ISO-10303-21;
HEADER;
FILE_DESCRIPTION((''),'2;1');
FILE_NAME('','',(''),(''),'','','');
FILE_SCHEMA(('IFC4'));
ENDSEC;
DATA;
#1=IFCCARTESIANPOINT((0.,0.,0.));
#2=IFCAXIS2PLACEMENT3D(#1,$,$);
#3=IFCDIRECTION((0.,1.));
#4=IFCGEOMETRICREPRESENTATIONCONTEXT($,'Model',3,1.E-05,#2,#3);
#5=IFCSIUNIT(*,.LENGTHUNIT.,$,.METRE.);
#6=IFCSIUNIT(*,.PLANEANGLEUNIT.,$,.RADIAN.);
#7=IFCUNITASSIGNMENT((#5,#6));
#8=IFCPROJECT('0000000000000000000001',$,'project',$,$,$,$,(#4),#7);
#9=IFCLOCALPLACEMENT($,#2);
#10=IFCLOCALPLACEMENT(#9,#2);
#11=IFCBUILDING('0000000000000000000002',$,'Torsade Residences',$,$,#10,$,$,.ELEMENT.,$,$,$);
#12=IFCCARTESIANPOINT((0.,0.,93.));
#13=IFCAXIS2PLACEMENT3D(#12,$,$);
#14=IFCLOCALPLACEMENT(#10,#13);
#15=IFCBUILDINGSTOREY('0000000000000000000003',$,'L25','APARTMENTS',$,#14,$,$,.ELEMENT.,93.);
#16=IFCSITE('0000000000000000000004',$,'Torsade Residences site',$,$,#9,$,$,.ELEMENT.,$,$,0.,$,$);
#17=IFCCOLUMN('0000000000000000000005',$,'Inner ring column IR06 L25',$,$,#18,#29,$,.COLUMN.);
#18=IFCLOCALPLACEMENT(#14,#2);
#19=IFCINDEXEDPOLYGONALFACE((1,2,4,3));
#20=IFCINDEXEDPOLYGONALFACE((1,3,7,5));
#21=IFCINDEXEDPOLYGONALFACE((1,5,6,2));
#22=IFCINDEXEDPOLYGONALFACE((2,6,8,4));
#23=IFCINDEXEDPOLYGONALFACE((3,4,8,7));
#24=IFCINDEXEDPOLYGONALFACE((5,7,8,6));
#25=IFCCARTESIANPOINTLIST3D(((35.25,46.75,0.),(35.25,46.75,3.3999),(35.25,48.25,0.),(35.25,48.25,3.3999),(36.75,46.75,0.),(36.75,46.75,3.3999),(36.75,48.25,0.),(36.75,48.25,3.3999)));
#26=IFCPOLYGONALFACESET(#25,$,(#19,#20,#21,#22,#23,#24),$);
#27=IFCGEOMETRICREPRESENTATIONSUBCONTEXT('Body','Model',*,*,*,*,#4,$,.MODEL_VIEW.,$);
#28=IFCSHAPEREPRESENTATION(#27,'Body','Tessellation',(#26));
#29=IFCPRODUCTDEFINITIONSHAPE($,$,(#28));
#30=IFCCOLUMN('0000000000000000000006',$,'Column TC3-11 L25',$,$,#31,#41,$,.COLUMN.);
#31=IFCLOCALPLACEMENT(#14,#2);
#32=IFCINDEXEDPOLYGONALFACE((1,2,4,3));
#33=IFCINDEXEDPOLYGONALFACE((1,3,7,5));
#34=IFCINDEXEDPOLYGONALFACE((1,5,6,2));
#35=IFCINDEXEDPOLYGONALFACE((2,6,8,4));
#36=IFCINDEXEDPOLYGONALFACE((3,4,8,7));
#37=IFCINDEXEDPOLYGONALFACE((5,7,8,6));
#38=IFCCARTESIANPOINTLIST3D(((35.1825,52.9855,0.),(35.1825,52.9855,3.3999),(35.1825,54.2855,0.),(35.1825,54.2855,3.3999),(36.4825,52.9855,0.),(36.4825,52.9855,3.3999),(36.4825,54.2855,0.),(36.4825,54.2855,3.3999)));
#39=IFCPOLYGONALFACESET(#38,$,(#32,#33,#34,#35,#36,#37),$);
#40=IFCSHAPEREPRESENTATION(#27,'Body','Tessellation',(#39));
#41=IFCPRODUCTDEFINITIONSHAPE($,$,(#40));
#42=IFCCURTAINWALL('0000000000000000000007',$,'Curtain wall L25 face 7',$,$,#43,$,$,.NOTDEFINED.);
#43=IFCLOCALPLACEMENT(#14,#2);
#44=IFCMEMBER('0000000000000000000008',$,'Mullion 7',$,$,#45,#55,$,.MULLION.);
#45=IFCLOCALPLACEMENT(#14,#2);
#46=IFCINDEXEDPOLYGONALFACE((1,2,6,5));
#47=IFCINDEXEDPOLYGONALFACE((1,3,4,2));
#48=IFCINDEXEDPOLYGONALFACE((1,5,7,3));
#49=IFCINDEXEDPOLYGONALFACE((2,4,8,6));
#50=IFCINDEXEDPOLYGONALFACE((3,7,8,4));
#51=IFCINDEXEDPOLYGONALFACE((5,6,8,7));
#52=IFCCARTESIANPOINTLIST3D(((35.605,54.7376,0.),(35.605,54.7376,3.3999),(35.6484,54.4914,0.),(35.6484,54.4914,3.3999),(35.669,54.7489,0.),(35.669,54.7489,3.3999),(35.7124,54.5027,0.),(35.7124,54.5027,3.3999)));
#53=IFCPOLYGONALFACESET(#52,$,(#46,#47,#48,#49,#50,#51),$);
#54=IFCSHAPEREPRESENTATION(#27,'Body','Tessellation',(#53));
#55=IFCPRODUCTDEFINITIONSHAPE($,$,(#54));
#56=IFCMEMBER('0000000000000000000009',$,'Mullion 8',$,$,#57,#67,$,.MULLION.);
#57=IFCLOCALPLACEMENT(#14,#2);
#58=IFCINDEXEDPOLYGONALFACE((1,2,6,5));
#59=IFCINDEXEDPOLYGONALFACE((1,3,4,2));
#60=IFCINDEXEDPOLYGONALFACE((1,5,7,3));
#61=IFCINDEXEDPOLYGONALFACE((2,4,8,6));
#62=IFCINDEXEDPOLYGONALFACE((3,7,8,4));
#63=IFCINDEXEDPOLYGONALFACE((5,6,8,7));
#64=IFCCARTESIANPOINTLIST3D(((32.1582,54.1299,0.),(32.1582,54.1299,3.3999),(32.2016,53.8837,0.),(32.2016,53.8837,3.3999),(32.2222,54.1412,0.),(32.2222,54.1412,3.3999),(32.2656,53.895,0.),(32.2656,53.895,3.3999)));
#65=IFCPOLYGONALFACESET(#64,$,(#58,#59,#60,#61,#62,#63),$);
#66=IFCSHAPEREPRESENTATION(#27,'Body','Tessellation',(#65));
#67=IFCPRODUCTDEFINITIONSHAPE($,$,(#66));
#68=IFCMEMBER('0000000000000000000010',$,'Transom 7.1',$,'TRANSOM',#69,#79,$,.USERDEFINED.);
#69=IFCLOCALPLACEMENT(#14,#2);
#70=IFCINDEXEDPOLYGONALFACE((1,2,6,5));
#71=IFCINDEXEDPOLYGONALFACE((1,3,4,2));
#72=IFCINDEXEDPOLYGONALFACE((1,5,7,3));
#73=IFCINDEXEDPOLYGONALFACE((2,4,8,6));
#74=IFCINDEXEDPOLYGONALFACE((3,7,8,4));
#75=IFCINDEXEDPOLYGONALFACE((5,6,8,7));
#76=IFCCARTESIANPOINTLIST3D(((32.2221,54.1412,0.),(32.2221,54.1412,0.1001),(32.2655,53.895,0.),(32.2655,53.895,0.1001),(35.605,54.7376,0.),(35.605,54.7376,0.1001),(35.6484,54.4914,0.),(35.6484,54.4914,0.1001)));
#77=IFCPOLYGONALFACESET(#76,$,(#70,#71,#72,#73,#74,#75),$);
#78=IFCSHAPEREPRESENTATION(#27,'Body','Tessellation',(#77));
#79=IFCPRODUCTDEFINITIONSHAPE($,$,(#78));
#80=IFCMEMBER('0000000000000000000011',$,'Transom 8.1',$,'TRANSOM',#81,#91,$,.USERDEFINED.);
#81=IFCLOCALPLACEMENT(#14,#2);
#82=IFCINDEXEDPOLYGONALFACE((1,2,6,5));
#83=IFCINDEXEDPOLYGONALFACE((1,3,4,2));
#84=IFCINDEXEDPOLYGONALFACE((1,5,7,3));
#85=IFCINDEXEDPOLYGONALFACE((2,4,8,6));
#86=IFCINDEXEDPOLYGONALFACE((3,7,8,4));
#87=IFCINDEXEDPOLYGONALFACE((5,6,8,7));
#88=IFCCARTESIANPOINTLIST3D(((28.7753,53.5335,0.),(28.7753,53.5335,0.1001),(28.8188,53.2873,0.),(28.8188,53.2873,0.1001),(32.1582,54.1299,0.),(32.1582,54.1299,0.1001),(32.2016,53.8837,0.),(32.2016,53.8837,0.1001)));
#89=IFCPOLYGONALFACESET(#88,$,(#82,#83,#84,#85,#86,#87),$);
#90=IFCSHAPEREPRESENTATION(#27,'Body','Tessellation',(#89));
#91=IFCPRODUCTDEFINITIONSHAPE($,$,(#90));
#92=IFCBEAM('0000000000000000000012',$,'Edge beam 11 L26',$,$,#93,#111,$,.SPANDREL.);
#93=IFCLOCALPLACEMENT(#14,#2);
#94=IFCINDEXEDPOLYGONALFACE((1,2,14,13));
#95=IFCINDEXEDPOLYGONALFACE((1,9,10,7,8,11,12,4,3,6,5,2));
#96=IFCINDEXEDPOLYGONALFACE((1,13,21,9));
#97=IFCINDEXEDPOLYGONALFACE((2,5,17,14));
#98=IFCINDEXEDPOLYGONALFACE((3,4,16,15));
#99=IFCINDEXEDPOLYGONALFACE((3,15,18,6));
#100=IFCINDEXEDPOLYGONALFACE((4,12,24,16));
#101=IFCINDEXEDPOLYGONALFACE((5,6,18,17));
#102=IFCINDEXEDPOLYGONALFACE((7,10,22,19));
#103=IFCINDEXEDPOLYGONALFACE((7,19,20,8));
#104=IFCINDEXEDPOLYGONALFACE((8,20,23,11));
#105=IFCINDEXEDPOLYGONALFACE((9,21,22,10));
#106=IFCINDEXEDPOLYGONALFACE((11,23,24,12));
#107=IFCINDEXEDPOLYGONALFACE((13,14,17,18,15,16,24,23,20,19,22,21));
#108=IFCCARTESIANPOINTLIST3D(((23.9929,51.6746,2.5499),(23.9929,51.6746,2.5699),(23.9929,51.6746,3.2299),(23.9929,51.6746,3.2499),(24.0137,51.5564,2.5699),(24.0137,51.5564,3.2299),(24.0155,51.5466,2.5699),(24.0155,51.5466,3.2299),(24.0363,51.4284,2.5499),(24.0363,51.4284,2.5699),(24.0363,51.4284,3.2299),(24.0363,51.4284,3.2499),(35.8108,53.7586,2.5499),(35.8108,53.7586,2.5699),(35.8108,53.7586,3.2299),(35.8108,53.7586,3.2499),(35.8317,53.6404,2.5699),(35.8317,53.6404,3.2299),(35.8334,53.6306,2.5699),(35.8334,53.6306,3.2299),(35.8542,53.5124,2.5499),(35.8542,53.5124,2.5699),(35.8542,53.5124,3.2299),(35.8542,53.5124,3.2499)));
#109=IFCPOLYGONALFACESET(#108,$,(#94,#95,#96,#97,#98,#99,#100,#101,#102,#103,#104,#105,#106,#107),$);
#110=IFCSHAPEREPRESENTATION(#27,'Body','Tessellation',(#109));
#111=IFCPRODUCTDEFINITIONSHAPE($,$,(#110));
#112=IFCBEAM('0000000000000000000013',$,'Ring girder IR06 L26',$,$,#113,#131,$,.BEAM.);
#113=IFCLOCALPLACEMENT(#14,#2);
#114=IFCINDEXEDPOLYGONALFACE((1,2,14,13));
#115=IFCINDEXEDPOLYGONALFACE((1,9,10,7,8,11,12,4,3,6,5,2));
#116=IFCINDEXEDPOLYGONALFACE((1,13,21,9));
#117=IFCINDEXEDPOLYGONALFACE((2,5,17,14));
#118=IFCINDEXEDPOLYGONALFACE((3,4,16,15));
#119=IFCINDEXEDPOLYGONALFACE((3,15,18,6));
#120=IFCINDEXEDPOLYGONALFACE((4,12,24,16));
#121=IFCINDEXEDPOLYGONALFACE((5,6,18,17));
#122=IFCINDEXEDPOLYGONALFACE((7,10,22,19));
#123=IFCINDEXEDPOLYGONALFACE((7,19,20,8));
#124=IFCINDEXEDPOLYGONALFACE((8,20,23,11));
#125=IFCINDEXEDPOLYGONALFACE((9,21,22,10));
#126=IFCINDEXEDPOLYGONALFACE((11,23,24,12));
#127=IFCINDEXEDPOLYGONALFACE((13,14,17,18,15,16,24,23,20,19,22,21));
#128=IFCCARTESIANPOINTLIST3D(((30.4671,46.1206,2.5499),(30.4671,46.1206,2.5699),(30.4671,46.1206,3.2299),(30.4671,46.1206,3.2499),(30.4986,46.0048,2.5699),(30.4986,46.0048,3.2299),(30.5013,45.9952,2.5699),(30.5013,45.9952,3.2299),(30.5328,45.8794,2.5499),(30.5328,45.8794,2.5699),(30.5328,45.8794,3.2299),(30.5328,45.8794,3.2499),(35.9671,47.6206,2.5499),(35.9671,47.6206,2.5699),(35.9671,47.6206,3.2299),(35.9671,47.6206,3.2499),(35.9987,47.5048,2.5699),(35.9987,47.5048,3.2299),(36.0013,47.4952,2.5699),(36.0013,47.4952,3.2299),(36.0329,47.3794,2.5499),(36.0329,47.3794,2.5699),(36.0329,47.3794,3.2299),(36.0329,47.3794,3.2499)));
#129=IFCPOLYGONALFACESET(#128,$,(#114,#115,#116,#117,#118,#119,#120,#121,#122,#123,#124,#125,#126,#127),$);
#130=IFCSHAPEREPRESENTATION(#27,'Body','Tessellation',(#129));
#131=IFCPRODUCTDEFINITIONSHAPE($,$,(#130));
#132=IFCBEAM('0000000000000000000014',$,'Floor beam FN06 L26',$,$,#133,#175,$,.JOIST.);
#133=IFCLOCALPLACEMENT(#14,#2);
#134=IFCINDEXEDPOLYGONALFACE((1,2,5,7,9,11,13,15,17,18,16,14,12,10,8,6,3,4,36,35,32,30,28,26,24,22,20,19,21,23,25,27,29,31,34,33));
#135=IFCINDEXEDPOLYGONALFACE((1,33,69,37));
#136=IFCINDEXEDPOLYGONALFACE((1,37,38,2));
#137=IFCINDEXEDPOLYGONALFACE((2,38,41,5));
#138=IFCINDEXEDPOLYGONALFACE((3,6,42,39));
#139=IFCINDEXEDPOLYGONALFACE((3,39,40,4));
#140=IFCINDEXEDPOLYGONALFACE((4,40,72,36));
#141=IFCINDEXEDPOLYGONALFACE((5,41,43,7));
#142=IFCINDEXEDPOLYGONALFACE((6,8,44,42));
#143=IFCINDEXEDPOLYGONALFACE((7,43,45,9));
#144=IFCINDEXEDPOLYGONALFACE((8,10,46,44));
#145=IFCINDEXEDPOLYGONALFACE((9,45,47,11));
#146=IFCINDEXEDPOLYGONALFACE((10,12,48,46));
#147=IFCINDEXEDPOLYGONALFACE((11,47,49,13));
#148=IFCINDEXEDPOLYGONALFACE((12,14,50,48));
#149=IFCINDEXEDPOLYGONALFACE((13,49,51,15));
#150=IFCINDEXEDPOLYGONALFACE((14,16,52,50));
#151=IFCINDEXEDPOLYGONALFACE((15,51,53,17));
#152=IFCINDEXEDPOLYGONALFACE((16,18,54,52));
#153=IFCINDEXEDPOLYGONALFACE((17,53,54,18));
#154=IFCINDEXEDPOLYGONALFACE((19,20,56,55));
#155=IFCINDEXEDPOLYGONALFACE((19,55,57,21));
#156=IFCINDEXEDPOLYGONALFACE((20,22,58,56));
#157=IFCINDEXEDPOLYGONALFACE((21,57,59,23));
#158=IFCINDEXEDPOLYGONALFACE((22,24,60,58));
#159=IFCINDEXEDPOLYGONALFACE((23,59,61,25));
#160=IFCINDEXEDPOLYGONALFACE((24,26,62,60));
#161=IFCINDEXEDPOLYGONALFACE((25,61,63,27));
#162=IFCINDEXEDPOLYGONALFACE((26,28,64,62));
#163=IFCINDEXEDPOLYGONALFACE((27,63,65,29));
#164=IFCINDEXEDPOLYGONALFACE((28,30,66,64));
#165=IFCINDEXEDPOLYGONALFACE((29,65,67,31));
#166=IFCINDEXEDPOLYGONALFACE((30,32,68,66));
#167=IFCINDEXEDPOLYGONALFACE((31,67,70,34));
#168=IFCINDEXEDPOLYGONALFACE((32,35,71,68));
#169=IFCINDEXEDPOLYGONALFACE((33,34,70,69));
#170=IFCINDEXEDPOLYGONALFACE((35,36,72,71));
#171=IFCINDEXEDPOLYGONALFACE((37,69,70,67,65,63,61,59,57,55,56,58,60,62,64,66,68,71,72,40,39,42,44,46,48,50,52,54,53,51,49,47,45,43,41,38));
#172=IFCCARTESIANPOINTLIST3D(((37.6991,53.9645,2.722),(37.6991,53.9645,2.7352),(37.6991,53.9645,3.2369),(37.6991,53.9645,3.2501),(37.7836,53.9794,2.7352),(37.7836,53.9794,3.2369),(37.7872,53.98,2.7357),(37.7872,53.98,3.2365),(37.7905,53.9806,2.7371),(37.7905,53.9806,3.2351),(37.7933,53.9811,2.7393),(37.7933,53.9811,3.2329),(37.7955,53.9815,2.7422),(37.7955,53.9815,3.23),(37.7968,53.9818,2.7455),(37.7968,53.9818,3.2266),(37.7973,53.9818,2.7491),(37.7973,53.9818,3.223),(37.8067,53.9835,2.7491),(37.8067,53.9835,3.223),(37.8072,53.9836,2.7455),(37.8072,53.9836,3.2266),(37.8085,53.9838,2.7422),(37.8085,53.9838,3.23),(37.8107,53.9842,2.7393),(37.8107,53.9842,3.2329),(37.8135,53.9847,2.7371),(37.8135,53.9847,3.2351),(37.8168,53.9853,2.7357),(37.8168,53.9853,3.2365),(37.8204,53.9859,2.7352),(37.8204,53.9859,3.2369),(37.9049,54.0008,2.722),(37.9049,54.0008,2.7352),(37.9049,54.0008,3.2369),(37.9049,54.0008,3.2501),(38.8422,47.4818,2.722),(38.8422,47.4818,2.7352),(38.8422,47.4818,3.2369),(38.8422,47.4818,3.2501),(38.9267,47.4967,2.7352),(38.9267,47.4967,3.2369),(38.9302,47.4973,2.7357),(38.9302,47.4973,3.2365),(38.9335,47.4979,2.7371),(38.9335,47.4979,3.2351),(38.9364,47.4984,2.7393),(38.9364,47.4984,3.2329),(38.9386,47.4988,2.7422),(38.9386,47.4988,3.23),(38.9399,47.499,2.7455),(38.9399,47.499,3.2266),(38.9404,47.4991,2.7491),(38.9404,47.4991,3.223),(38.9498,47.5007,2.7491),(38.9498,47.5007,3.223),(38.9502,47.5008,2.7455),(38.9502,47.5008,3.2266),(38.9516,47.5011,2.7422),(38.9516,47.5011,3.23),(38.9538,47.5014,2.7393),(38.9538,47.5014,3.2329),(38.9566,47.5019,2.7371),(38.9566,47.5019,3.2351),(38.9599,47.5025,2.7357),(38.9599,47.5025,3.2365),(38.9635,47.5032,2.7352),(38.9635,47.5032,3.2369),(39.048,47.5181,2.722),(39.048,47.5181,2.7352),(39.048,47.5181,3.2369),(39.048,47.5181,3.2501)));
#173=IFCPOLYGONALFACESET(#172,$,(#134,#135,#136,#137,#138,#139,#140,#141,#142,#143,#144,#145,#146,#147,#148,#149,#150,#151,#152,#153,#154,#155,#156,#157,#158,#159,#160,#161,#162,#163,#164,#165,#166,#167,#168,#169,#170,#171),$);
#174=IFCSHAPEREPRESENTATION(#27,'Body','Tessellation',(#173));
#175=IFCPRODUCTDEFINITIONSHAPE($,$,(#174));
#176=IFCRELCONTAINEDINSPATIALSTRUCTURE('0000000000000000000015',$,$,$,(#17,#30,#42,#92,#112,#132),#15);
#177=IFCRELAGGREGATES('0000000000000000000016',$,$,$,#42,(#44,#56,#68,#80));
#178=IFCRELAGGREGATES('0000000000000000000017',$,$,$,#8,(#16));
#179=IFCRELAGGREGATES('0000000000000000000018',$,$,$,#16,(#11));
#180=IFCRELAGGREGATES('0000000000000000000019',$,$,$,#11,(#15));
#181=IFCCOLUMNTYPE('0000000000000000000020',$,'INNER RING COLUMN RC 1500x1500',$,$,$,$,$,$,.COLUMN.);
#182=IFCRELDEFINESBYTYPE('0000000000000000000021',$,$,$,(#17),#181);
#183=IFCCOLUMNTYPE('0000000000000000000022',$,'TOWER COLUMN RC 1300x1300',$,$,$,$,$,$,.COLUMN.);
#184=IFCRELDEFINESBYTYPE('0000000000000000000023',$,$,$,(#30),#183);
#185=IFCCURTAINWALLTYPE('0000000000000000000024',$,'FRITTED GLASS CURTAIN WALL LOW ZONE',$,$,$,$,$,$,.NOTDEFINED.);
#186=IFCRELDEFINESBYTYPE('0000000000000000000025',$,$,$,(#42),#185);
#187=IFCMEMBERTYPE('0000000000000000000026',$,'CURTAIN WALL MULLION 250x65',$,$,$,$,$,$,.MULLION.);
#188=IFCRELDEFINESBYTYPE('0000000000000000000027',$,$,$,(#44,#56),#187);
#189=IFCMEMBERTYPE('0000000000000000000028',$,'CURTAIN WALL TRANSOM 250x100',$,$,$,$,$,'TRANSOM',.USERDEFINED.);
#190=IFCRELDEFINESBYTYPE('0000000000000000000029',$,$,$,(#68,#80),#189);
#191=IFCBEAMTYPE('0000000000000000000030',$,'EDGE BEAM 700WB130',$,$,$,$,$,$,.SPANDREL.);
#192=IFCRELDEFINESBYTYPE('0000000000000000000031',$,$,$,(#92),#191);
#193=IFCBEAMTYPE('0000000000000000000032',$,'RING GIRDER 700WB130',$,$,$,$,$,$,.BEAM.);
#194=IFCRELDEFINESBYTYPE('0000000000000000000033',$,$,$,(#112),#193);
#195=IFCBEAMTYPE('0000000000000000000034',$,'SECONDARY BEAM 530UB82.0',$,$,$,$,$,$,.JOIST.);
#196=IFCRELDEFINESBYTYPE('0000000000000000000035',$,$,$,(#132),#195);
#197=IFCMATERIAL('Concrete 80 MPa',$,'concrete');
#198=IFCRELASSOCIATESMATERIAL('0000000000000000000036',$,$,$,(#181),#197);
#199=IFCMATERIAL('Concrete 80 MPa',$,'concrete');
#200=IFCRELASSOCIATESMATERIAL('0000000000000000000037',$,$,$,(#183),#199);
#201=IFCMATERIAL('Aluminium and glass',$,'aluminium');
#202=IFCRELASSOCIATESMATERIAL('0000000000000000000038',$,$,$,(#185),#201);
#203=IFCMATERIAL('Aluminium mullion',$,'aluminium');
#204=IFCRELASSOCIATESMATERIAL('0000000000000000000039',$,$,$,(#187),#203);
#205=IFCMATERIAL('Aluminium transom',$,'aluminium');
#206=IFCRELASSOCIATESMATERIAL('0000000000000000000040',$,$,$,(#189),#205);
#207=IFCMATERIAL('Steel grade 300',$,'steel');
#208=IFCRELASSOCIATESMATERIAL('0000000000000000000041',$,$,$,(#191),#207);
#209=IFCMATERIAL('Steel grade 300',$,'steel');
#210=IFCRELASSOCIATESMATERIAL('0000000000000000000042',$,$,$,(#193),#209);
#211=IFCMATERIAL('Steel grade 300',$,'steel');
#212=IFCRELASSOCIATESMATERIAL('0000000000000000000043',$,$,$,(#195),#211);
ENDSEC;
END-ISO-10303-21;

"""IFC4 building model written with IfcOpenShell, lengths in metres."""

from ifc_helpers import new_model, si_unit, direction, frame, origin, origin_2d, place, context, subcontext, project, spatial, rectangle, i_section, extrude, material, material_profile, profile_set, type_object, element, aggregate, save


model = new_model("IFC4")

# Units and contexts
model_context = context("Model", 3, precision=1e-05, world=origin(), true_north=direction((0.0, 1.0)))
body_context = subcontext(model_context, "Body", "Model", "MODEL_VIEW")
ifc_project = project(units=[si_unit("LENGTHUNIT", "METRE"), si_unit("PLANEANGLEUNIT", "RADIAN")], contexts=[model_context])

# Site, building, storey
site_placement = place(None, origin())
site = spatial("IfcSite", under=ifc_project, at=site_placement, Name="Torsade Residences site", CompositionType="ELEMENT", RefElevation=0.0)
building_placement = place(site_placement, origin())
building = spatial("IfcBuilding", under=site, at=building_placement, Name="Torsade Residences", CompositionType="ELEMENT")
storey_placement = place(building_placement, frame((0.0, 0.0, 93.0)))
storey = spatial("IfcBuildingStorey", under=building, at=storey_placement, Name="L25", Description="APARTMENTS", CompositionType="ELEMENT", Elevation=93.0)

# Columns
ifc_material_1 = material(Name="Concrete 80 MPa", Category="concrete")
ifc_material_profile_1 = material_profile(ifc_material_1, rectangle(XDim=1.5, YDim=1.5, at=origin_2d()), Name="RC 1500x1500")
ifc_profile_set_1 = profile_set([ifc_material_profile_1], Name="Concrete 80 MPa")
column_type_1 = type_object("IfcColumnType", Name="INNER RING COLUMN RC 1500x1500", PredefinedType="COLUMN", material=ifc_profile_set_1)
column_1_placement = place(storey_placement, frame((36.0, 47.5, 0.0), z_axis=(0.0, 0.0, 1.0), x_axis=(1.0, 0.0, 0.0)))
element("IfcColumn", 1, at=column_1_placement, inside=storey, type_object=column_type_1, Name="Inner ring column IR06 L25", PredefinedType="COLUMN", context=body_context, shape_type="SweptSolid", body=[
    extrude(rectangle(XDim=1.5, YDim=1.5, at=origin_2d()), origin(), (0.0, 0.0, 1.0), 3.3999),
])
ifc_material_2 = material(Name="Concrete 80 MPa", Category="concrete")
ifc_material_profile_2 = material_profile(ifc_material_2, rectangle(XDim=1.3, YDim=1.3, at=origin_2d()), Name="RC 1300x1300")
ifc_profile_set_2 = profile_set([ifc_material_profile_2], Name="Concrete 80 MPa")
column_type_2 = type_object("IfcColumnType", Name="TOWER COLUMN RC 1300x1300", PredefinedType="COLUMN", material=ifc_profile_set_2)
column_2_placement = place(storey_placement, frame((35.8325, 53.6355, 0.0), z_axis=(0.0, 0.0, 1.0), x_axis=(1.0, 0.0, 0.0)))
element("IfcColumn", 2, at=column_2_placement, inside=storey, type_object=column_type_2, Name="Column TC3-11 L25", PredefinedType="COLUMN", context=body_context, shape_type="SweptSolid", body=[
    extrude(rectangle(XDim=1.3, YDim=1.3, at=origin_2d()), origin(), (0.0, 0.0, 1.0), 3.3999),
])

# Curtain wall, members
ifc_material_3 = material(Name="Aluminium and glass", Category="aluminium")
curtain_wall_type = type_object("IfcCurtainWallType", Name="FRITTED GLASS CURTAIN WALL LOW ZONE", PredefinedType="NOTDEFINED", material=ifc_material_3)
curtain_wall_placement = place(storey_placement, origin())
curtain_wall = element("IfcCurtainWall", 3, at=curtain_wall_placement, inside=storey, type_object=curtain_wall_type, Name="Curtain wall L25 face 7", PredefinedType="NOTDEFINED")
ifc_material_4 = material(Name="Aluminium mullion", Category="aluminium")
ifc_material_profile_3 = material_profile(ifc_material_4, rectangle(XDim=0.25, YDim=0.0649, at=origin_2d()), Name="CURTAIN WALL MULLION 250x65")
ifc_profile_set_3 = profile_set([ifc_material_profile_3], Name="Aluminium mullion")
member_type_1 = type_object("IfcMemberType", Name="CURTAIN WALL MULLION 250x65", PredefinedType="MULLION", material=ifc_profile_set_3)
member_1_placement = place(storey_placement, frame((35.6587, 54.6201, 0.0), z_axis=(0.0, 0.0, 1.0), x_axis=(0.173648, -0.984808, 0.0)))
member_1 = element("IfcMember", 4, at=member_1_placement, type_object=member_type_1, Name="Mullion 7", PredefinedType="MULLION", context=body_context, shape_type="SweptSolid", body=[
    extrude(rectangle(XDim=0.25, YDim=0.0649, at=origin_2d()), origin(), (0.0, 0.0, 1.0), 3.3999),
])
member_2_placement = place(storey_placement, frame((32.2119, 54.0125, 0.0), z_axis=(0.0, 0.0, 1.0), x_axis=(0.173648, -0.984808, 0.0)))
member_2 = element("IfcMember", 5, at=member_2_placement, type_object=member_type_1, Name="Mullion 8", PredefinedType="MULLION", context=body_context, shape_type="SweptSolid", body=[
    extrude(rectangle(XDim=0.25, YDim=0.0649, at=origin_2d()), origin(), (0.0, 0.0, 1.0), 3.3999),
])
ifc_material_5 = material(Name="Aluminium transom", Category="aluminium")
ifc_material_profile_4 = material_profile(ifc_material_5, rectangle(XDim=0.25, YDim=0.1001, at=origin_2d()), Name="CURTAIN WALL TRANSOM 250x100")
ifc_profile_set_4 = profile_set([ifc_material_profile_4], Name="Aluminium transom")
member_type_2 = type_object("IfcMemberType", Name="CURTAIN WALL TRANSOM 250x100", ElementType="TRANSOM", PredefinedType="USERDEFINED", material=ifc_profile_set_4)
member_3_placement = place(storey_placement, frame((35.6267, 54.6145, 0.05), z_axis=(-0.98481, -0.173635, 0.0), x_axis=(0.173635, -0.98481, 0.0)))
member_3 = element("IfcMember", 6, at=member_3_placement, type_object=member_type_2, Name="Transom 7.1", ObjectType="TRANSOM", PredefinedType="USERDEFINED", context=body_context, shape_type="SweptSolid", body=[
    extrude(rectangle(XDim=0.25, YDim=0.1001, at=origin_2d()), origin(), (0.0, 0.0, 1.0), 3.4351),
])
member_4_placement = place(storey_placement, frame((32.1799, 54.0068, 0.05), z_axis=(-0.98481, -0.173635, 0.0), x_axis=(0.173635, -0.98481, 0.0)))
member_4 = element("IfcMember", 7, at=member_4_placement, type_object=member_type_2, Name="Transom 8.1", ObjectType="TRANSOM", PredefinedType="USERDEFINED", context=body_context, shape_type="SweptSolid", body=[
    extrude(rectangle(XDim=0.25, YDim=0.1001, at=origin_2d()), origin(), (0.0, 0.0, 1.0), 3.4351),
])

# Beams
ifc_material_6 = material(Name="Steel grade 300", Category="steel")
ifc_material_profile_5 = material_profile(ifc_material_6, i_section(OverallWidth=0.25, OverallDepth=0.7, WebThickness=0.01, FlangeThickness=0.02, at=origin_2d()), Name="700WB130")
ifc_profile_set_5 = profile_set([ifc_material_profile_5], Name="Steel grade 300")
beam_type_1 = type_object("IfcBeamType", Name="EDGE BEAM 700WB130", PredefinedType="SPANDREL", material=ifc_profile_set_5)
beam_1_placement = place(storey_placement, frame((35.8325, 53.6355, 2.8999), z_axis=(-0.984805, -0.173662, 0.0), x_axis=(0.173662, -0.984805, 0.0)))
element("IfcBeam", 8, at=beam_1_placement, inside=storey, type_object=beam_type_1, Name="Edge beam 11 L26", PredefinedType="SPANDREL", context=body_context, shape_type="SweptSolid", body=[
    extrude(i_section(OverallWidth=0.25, OverallDepth=0.7, WebThickness=0.01, FlangeThickness=0.02, at=origin_2d()), origin(), (0.0, 0.0, 1.0), 12.0002),
])
ifc_material_7 = material(Name="Steel grade 300", Category="steel")
ifc_material_profile_6 = material_profile(ifc_material_7, i_section(OverallWidth=0.25, OverallDepth=0.7, WebThickness=0.01, FlangeThickness=0.02, at=origin_2d()), Name="700WB130")
ifc_profile_set_6 = profile_set([ifc_material_profile_6], Name="Steel grade 300")
beam_type_2 = type_object("IfcBeamType", Name="RING GIRDER 700WB130", PredefinedType="BEAM", material=ifc_profile_set_6)
beam_2_placement = place(storey_placement, frame((36.0, 47.5, 2.8999), z_axis=(-0.964764, -0.263117, 0.0), x_axis=(0.263117, -0.964764, 0.0)))
element("IfcBeam", 9, at=beam_2_placement, inside=storey, type_object=beam_type_2, Name="Ring girder IR06 L26", PredefinedType="BEAM", context=body_context, shape_type="SweptSolid", body=[
    extrude(i_section(OverallWidth=0.25, OverallDepth=0.7, WebThickness=0.01, FlangeThickness=0.02, at=origin_2d()), origin(), (0.0, 0.0, 1.0), 5.7009),
])
ifc_material_8 = material(Name="Steel grade 300", Category="steel")
ifc_material_profile_7 = material_profile(ifc_material_8, i_section(OverallWidth=0.209, OverallDepth=0.5281, WebThickness=0.0095, FlangeThickness=0.0132, FilletRadius=0.0139, at=origin_2d()), Name="530UB82.0")
ifc_profile_set_7 = profile_set([ifc_material_profile_7], Name="Steel grade 300")
beam_type_3 = type_object("IfcBeamType", Name="SECONDARY BEAM 530UB82.0", PredefinedType="JOIST", material=ifc_profile_set_7)
beam_3_placement = place(storey_placement, frame((37.802, 53.9827, 2.9861), z_axis=(0.173648, -0.984808, 0.0), x_axis=(0.984808, 0.173648, 0.0)))
element("IfcBeam", 10, at=beam_3_placement, inside=storey, type_object=beam_type_3, Name="Floor beam FN06 L26", PredefinedType="JOIST", context=body_context, shape_type="SweptSolid", body=[
    extrude(i_section(OverallWidth=0.209, OverallDepth=0.5281, WebThickness=0.0095, FlangeThickness=0.0132, FilletRadius=0.0139, at=origin_2d()), origin(), (0.0, 0.0, 1.0), 6.5828),
])

aggregate(curtain_wall, [member_1, member_2, member_3, member_4])

save(model, "model.ifc")
